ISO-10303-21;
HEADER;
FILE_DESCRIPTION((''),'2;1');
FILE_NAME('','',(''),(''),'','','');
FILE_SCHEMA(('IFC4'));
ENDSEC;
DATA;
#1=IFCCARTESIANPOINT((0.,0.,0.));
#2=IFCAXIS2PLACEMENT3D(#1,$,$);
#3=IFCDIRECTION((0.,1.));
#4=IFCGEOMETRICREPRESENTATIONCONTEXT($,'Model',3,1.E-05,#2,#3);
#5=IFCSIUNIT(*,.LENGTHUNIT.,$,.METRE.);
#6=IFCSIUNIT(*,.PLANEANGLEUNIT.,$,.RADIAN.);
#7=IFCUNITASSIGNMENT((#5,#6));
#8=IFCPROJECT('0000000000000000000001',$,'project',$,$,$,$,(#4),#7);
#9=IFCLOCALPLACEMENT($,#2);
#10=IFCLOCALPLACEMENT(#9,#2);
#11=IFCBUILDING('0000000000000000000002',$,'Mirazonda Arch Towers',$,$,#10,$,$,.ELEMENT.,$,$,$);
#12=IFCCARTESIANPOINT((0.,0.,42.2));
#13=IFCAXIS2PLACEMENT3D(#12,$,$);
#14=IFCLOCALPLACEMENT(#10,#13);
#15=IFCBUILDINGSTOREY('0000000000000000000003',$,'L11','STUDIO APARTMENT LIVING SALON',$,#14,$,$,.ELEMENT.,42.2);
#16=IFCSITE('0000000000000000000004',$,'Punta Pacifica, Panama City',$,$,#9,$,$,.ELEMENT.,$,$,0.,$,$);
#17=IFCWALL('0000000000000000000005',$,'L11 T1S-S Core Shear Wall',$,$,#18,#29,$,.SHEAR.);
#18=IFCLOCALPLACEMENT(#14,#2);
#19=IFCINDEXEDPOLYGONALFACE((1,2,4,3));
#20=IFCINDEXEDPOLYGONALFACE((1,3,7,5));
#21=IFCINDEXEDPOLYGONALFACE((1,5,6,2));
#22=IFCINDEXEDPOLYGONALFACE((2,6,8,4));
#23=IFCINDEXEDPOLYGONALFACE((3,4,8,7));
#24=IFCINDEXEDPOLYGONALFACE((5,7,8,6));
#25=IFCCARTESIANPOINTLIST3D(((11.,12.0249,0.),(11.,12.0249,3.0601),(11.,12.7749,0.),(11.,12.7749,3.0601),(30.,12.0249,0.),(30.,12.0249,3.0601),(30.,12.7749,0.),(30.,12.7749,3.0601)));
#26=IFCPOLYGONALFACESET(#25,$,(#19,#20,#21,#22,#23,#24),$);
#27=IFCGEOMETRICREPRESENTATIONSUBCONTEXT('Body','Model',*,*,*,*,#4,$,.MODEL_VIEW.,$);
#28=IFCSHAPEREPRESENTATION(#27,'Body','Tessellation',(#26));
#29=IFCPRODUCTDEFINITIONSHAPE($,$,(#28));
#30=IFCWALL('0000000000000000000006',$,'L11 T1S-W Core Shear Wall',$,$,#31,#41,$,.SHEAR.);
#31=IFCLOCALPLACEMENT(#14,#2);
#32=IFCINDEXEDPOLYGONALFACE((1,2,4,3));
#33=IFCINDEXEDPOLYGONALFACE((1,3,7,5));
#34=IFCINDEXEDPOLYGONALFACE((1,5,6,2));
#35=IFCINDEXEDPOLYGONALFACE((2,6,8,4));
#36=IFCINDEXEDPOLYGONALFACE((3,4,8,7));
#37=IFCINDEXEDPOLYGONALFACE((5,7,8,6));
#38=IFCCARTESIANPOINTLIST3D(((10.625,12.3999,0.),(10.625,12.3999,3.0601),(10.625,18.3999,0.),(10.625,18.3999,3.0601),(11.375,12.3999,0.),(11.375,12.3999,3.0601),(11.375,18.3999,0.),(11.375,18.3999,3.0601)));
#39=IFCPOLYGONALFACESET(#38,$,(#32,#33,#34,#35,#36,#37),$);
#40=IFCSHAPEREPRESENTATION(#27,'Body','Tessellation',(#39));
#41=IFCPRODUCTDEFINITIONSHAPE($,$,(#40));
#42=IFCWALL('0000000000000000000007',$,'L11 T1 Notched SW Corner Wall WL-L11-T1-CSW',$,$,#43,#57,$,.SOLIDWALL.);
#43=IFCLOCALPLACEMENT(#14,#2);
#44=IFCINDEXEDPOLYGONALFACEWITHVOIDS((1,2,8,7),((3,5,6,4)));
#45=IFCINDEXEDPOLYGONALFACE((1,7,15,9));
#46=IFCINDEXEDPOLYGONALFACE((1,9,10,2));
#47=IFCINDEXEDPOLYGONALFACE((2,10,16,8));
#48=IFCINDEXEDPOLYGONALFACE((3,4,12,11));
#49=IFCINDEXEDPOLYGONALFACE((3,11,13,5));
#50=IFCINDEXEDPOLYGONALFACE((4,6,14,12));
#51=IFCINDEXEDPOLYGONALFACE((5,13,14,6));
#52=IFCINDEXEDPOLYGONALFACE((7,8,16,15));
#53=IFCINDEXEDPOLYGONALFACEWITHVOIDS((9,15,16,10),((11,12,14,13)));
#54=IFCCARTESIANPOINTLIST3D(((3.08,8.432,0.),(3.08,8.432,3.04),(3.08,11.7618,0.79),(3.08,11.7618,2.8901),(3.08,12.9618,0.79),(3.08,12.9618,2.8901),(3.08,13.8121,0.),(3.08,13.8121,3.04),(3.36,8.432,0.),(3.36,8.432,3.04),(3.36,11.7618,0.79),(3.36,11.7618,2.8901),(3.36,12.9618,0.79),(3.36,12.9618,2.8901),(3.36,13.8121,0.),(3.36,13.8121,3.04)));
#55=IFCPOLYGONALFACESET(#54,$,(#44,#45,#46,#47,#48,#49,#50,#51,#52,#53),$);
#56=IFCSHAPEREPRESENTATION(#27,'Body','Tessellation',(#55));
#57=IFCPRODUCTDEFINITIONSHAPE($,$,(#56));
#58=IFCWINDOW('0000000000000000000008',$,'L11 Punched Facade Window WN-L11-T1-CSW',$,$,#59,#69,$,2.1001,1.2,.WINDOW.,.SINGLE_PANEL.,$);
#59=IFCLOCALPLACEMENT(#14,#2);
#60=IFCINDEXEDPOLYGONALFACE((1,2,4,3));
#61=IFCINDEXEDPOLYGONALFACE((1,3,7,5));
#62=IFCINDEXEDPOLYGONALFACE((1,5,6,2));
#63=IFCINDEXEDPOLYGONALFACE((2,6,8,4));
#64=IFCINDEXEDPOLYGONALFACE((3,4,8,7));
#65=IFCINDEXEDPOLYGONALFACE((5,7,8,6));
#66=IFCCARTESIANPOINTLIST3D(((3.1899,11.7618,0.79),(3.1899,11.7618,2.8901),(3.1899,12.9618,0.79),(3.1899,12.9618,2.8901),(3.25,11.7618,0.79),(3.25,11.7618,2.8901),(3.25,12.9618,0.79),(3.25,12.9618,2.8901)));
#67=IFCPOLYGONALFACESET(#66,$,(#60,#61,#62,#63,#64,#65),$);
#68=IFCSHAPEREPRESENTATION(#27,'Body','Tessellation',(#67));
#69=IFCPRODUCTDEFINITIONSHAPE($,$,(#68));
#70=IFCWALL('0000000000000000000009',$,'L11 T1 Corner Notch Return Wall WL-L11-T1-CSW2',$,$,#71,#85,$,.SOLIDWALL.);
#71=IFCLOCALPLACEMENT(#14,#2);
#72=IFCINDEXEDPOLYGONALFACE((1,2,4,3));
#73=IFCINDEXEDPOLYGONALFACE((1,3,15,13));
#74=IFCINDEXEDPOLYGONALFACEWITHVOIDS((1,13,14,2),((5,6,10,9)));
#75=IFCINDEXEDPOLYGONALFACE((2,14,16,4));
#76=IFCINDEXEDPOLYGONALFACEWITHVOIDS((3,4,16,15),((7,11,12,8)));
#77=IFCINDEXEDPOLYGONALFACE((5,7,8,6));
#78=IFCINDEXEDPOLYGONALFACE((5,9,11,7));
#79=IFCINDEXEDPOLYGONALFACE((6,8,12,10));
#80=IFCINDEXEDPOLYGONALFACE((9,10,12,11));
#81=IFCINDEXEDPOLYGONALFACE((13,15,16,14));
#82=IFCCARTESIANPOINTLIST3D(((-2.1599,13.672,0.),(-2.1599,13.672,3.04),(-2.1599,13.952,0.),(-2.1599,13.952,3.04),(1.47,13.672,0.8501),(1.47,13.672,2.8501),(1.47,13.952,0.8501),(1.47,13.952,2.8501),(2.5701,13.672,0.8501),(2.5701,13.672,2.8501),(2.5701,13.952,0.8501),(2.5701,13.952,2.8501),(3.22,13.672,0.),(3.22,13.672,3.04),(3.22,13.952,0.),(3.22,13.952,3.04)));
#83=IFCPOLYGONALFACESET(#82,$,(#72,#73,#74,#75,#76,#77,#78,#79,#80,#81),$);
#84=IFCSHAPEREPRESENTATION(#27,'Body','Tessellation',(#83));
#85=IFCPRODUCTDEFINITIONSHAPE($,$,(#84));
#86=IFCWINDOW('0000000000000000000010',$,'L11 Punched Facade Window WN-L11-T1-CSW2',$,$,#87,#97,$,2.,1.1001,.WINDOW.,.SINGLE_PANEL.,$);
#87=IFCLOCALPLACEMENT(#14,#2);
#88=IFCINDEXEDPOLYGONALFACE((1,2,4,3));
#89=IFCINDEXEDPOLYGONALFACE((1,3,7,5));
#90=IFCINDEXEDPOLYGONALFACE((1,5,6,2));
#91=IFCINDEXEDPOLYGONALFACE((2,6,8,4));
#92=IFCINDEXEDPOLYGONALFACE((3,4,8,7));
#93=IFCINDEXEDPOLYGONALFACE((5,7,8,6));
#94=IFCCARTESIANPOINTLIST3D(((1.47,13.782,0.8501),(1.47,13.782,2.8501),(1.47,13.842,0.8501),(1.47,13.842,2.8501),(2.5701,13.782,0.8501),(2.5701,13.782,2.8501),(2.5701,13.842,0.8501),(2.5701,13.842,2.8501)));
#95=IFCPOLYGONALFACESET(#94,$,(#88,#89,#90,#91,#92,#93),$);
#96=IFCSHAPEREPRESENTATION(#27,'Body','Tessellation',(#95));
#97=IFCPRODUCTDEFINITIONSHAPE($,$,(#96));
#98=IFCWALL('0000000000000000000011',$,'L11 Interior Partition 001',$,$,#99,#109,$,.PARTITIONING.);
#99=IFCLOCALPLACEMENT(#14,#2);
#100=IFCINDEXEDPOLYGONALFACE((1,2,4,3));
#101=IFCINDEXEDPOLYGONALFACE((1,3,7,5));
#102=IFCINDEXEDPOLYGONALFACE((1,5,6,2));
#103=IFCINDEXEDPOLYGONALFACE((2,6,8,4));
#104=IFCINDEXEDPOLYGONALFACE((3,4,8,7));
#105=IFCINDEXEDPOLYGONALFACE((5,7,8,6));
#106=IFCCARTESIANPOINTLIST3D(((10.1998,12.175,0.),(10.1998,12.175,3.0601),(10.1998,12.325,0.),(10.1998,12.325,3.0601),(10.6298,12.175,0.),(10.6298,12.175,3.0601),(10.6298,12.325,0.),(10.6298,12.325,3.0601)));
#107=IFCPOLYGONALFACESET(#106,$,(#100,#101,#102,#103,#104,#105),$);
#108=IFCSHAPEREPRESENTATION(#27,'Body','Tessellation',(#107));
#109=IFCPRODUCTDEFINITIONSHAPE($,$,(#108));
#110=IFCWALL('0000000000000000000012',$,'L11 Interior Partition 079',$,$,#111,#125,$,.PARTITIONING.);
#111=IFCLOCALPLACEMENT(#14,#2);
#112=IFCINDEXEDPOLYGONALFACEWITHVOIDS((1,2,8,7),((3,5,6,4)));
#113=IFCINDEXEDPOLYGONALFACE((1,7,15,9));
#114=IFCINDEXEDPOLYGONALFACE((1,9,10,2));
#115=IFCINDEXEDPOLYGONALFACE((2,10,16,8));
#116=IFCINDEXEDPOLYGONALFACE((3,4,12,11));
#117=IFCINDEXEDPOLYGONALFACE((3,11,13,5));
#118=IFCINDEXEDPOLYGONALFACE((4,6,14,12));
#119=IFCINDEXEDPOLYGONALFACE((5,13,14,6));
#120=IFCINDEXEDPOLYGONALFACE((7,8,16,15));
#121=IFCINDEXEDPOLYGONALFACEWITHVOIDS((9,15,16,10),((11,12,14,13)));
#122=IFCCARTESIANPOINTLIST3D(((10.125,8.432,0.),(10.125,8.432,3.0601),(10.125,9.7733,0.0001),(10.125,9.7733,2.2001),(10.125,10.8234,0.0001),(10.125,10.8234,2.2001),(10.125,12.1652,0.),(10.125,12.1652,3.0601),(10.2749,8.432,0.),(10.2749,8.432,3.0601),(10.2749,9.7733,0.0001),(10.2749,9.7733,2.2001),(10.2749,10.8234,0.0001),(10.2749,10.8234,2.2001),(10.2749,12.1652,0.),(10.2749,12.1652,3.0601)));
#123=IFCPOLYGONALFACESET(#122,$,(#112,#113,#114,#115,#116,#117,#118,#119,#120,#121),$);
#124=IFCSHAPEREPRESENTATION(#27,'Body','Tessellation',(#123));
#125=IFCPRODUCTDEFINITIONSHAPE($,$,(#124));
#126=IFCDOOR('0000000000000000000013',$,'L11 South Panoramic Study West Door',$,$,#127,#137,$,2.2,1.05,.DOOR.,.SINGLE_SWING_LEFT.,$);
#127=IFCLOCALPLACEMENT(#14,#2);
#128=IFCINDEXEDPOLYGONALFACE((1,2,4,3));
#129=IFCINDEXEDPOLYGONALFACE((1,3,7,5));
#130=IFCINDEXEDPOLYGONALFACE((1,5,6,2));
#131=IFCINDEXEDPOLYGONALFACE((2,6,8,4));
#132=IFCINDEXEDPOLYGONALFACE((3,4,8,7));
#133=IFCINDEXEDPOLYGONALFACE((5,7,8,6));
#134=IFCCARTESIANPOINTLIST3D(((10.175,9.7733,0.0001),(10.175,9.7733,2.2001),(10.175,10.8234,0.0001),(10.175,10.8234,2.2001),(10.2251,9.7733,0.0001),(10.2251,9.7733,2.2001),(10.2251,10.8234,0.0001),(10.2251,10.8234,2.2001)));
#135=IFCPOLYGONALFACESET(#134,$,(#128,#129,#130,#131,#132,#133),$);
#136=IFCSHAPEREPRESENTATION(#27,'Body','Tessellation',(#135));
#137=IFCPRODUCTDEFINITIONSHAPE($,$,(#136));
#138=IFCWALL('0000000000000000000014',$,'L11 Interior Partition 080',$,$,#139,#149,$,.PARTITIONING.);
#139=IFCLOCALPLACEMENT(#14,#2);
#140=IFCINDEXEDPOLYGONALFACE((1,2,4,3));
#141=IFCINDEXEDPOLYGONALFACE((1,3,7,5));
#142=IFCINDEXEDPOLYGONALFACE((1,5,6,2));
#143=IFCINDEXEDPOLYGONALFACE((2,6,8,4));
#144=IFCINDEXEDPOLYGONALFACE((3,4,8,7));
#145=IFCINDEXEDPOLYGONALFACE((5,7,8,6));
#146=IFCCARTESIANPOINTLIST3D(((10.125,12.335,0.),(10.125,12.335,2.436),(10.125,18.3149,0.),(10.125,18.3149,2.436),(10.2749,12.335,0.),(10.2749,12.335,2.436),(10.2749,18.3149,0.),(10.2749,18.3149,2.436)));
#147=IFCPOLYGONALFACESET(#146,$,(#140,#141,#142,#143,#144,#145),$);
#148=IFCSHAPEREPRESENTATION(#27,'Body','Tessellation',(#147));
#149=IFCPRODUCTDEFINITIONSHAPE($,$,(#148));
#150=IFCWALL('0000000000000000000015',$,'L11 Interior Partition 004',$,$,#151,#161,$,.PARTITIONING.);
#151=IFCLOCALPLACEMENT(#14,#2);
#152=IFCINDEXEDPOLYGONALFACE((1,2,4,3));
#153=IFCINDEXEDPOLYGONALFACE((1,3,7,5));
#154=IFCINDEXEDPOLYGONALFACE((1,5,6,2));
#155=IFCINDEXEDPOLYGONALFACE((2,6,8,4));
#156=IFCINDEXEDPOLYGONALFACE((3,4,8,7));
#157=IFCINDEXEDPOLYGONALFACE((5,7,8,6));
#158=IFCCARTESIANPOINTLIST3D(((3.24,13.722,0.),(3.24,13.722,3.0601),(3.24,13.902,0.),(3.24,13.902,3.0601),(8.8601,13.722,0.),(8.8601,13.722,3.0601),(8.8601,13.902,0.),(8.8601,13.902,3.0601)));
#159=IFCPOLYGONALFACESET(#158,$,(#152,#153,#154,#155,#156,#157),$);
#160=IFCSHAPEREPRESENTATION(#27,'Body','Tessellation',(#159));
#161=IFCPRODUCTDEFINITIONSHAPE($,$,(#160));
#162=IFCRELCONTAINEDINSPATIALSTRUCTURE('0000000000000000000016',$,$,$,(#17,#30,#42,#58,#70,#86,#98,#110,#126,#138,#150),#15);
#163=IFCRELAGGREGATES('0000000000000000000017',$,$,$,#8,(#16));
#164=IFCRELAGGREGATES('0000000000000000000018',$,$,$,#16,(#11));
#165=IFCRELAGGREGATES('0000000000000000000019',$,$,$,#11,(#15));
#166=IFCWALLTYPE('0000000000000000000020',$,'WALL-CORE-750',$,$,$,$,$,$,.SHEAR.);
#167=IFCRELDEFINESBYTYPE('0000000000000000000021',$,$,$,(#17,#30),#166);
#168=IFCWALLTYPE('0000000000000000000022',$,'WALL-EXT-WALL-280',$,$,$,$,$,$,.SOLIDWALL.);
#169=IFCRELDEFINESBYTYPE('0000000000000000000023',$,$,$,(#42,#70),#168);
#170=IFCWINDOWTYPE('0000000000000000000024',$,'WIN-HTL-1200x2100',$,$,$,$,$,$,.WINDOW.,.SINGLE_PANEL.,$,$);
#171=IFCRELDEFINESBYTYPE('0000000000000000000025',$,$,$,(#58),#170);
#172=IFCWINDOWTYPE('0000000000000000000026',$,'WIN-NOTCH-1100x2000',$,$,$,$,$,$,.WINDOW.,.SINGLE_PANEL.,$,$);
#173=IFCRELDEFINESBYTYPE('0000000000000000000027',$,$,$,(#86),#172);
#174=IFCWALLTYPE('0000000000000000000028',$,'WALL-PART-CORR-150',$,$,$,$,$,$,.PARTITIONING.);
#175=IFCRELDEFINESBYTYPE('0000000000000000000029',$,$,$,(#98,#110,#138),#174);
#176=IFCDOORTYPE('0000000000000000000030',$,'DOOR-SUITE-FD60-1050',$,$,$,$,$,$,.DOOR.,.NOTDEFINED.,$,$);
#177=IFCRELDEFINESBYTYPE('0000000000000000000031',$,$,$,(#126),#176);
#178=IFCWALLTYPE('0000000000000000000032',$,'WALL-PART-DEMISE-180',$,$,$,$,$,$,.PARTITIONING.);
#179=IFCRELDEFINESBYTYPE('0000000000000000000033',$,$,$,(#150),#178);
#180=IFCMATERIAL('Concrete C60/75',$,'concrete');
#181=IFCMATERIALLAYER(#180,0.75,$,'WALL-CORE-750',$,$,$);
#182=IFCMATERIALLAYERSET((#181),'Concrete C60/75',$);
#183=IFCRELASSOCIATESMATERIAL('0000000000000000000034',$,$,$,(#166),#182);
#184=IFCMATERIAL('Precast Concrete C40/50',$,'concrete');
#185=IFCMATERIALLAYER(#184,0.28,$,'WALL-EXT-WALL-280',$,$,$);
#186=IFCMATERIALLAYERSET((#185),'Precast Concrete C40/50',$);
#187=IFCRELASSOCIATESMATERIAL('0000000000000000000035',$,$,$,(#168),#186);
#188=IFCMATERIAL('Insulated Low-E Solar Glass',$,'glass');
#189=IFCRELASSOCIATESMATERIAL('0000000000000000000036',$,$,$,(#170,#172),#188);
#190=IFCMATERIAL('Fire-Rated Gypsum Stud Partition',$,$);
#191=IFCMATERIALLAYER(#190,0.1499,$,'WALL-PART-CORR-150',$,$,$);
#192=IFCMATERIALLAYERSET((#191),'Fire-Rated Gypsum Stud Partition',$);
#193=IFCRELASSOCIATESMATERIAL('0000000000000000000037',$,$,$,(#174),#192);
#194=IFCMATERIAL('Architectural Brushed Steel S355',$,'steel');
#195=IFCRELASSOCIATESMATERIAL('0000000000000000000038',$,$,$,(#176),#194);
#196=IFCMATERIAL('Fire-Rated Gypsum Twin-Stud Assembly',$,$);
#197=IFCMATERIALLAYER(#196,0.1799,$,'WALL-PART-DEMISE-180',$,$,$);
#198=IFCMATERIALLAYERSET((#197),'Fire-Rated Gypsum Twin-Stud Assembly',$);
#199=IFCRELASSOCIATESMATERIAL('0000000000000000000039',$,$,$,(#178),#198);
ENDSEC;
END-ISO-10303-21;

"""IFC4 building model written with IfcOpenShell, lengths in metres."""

from ifc_helpers import new_model, si_unit, direction, frame, frame_2d, origin, place, context, subcontext, project, spatial, rectangle, extrude, material, layer, layer_set, type_object, element, fill, save


model = new_model("IFC4")

# Units and contexts
model_context = context("Model", 3, precision=1e-05, world=origin(), true_north=direction((0.0, 1.0)))
body_context = subcontext(model_context, "Body", "Model", "MODEL_VIEW")
ifc_project = project(units=[si_unit("LENGTHUNIT", "METRE"), si_unit("PLANEANGLEUNIT", "RADIAN")], contexts=[model_context])

# Site, building, storey
site_placement = place(None, origin())
site = spatial("IfcSite", under=ifc_project, at=site_placement, Name="Punta Pacifica, Panama City", CompositionType="ELEMENT", RefElevation=0.0)
building_placement = place(site_placement, origin())
building = spatial("IfcBuilding", under=site, at=building_placement, Name="Mirazonda Arch Towers", CompositionType="ELEMENT")
storey_placement = place(building_placement, frame((0.0, 0.0, 42.2)))
storey = spatial("IfcBuildingStorey", under=building, at=storey_placement, Name="L11", Description="STUDIO APARTMENT LIVING SALON", CompositionType="ELEMENT", Elevation=42.2)

# Shared definitions
ifc_material_1 = material(Name="Concrete C60/75", Category="concrete")

# Shared definitions
ifc_material_2 = material(Name="Insulated Low-E Solar Glass", Category="glass")

# Walls
ifc_layer_1 = layer(ifc_material_1, 0.75, Name="WALL-CORE-750")
ifc_layer_set_1 = layer_set([ifc_layer_1], Name="Concrete C60/75")
wall_type_1 = type_object("IfcWallType", Name="WALL-CORE-750", PredefinedType="SHEAR", material=ifc_layer_set_1)
wall_1_placement = place(storey_placement, frame((11.0, 12.3999, 0.0), z_axis=(0.0, 0.0, 1.0), x_axis=(1.0, 0.0, 0.0)))
element("IfcWall", 1, at=wall_1_placement, inside=storey, type_object=wall_type_1, Name="L11 T1S-S Core Shear Wall", PredefinedType="SHEAR", context=body_context, shape_type="SweptSolid", body=[
    extrude(rectangle(XDim=19.0, YDim=0.75, at=frame_2d((9.5, 0.0))), origin(), (0.0, 0.0, 1.0), 3.0601),
])
wall_2_placement = place(storey_placement, frame((11.0, 12.3999, 0.0), z_axis=(0.0, 0.0, 1.0), x_axis=(0.0, 1.0, 0.0)))
element("IfcWall", 2, at=wall_2_placement, inside=storey, type_object=wall_type_1, Name="L11 T1S-W Core Shear Wall", PredefinedType="SHEAR", context=body_context, shape_type="SweptSolid", body=[
    extrude(rectangle(XDim=6.0, YDim=0.75, at=frame_2d((3.0, 0.0))), origin(), (0.0, 0.0, 1.0), 3.0601),
])

# Walls, openings, windows
ifc_material_3 = material(Name="Precast Concrete C40/50", Category="concrete")
ifc_layer_2 = layer(ifc_material_3, 0.28, Name="WALL-EXT-WALL-280")
ifc_layer_set_2 = layer_set([ifc_layer_2], Name="Precast Concrete C40/50")
wall_type_2 = type_object("IfcWallType", Name="WALL-EXT-WALL-280", PredefinedType="SOLIDWALL", material=ifc_layer_set_2)
wall_3_placement = place(storey_placement, frame((3.22, 13.812, 0.0), z_axis=(0.0, 0.0, 1.0), x_axis=(0.0, -1.0, 0.0)))
wall_3 = element("IfcWall", 3, at=wall_3_placement, inside=storey, type_object=wall_type_2, Name="L11 T1 Notched SW Corner Wall WL-L11-T1-CSW", PredefinedType="SOLIDWALL", context=body_context, shape_type="SweptSolid", body=[
    extrude(rectangle(XDim=5.3801, YDim=0.28, at=frame_2d((2.6899, 0.0))), origin(), (0.0, 0.0, 1.0), 3.04),
])
opening_1_placement = place(wall_3_placement, frame((0.8501, 0.0, 0.79)))
opening_1 = element("IfcOpeningElement", 4, at=opening_1_placement, cuts=wall_3, PredefinedType="OPENING", context=body_context, shape_type="SweptSolid", body=[
    extrude(rectangle(XDim=1.2, YDim=2.1001, at=frame_2d((0.6001, 1.05))), frame((0.0, 0.1499, 0.0), z_axis=(0.0, -1.0, 0.0), x_axis=(1.0, 0.0, 0.0)), (0.0, 0.0, 1.0), 0.3),
])
window_type_1 = type_object("IfcWindowType", Name="WIN-HTL-1200x2100", PartitioningType="SINGLE_PANEL", PredefinedType="WINDOW", material=ifc_material_2)
window_1_placement = place(opening_1_placement, origin())
window_1 = element("IfcWindow", 5, at=window_1_placement, inside=storey, type_object=window_type_1, Name="L11 Punched Facade Window WN-L11-T1-CSW", OverallHeight=2.1001, OverallWidth=1.2, PartitioningType="SINGLE_PANEL", PredefinedType="WINDOW", context=body_context, shape_type="SweptSolid", body=[
    extrude(rectangle(XDim=1.2, YDim=2.1001, at=frame_2d((0.6001, 1.05))), frame((0.0, 0.03, 0.0), z_axis=(0.0, -1.0, 0.0), x_axis=(1.0, 0.0, 0.0)), (0.0, 0.0, 1.0), 0.0601),
])
fill(opening_1, window_1)
wall_4_placement = place(storey_placement, frame((-2.1599, 13.812, 0.0), z_axis=(0.0, 0.0, 1.0), x_axis=(1.0, 0.0, 0.0)))
wall_4 = element("IfcWall", 6, at=wall_4_placement, inside=storey, type_object=wall_type_2, Name="L11 T1 Corner Notch Return Wall WL-L11-T1-CSW2", PredefinedType="SOLIDWALL", context=body_context, shape_type="SweptSolid", body=[
    extrude(rectangle(XDim=5.3799, YDim=0.28, at=frame_2d((2.6899, 0.0))), origin(), (0.0, 0.0, 1.0), 3.04),
])
opening_2_placement = place(wall_4_placement, frame((3.6299, 0.0, 0.8501)))
opening_2 = element("IfcOpeningElement", 7, at=opening_2_placement, cuts=wall_4, PredefinedType="OPENING", context=body_context, shape_type="SweptSolid", body=[
    extrude(rectangle(XDim=1.1001, YDim=2.0, at=frame_2d((0.55, 1.0))), frame((0.0, 0.1499, 0.0), z_axis=(0.0, -1.0, 0.0), x_axis=(1.0, 0.0, 0.0)), (0.0, 0.0, 1.0), 0.3),
])
window_type_2 = type_object("IfcWindowType", Name="WIN-NOTCH-1100x2000", PartitioningType="SINGLE_PANEL", PredefinedType="WINDOW", material=ifc_material_2)
window_2_placement = place(opening_2_placement, origin())
window_2 = element("IfcWindow", 8, at=window_2_placement, inside=storey, type_object=window_type_2, Name="L11 Punched Facade Window WN-L11-T1-CSW2", OverallHeight=2.0, OverallWidth=1.1001, PartitioningType="SINGLE_PANEL", PredefinedType="WINDOW", context=body_context, shape_type="SweptSolid", body=[
    extrude(rectangle(XDim=1.1001, YDim=2.0, at=frame_2d((0.55, 1.0))), frame((0.0, 0.03, 0.0), z_axis=(0.0, -1.0, 0.0), x_axis=(1.0, 0.0, 0.0)), (0.0, 0.0, 1.0), 0.0601),
])
fill(opening_2, window_2)

# Wall
ifc_material_4 = material(Name="Fire-Rated Gypsum Stud Partition")
ifc_layer_3 = layer(ifc_material_4, 0.1499, Name="WALL-PART-CORR-150")
ifc_layer_set_3 = layer_set([ifc_layer_3], Name="Fire-Rated Gypsum Stud Partition")
wall_type_3 = type_object("IfcWallType", Name="WALL-PART-CORR-150", PredefinedType="PARTITIONING", material=ifc_layer_set_3)
wall_5_placement = place(storey_placement, frame((10.2, 12.25, 0.0), z_axis=(0.0, 0.0, 1.0), x_axis=(1.0, 0.0, 0.0)))
element("IfcWall", 9, at=wall_5_placement, inside=storey, type_object=wall_type_3, Name="L11 Interior Partition 001", PredefinedType="PARTITIONING", context=body_context, shape_type="SweptSolid", body=[
    extrude(rectangle(XDim=0.4299, YDim=0.1499, at=frame_2d((0.2148, 0.0))), origin(), (0.0, 0.0, 1.0), 3.0601),
])

# Wall, opening, door
wall_6_placement = place(storey_placement, frame((10.2, 8.4319, 0.0), z_axis=(0.0, 0.0, 1.0), x_axis=(0.0, 1.0, 0.0)))
wall_6 = element("IfcWall", 10, at=wall_6_placement, inside=storey, type_object=wall_type_3, Name="L11 Interior Partition 079", PredefinedType="PARTITIONING", context=body_context, shape_type="SweptSolid", body=[
    extrude(rectangle(XDim=3.7332, YDim=0.1499, at=frame_2d((1.8667, 0.0))), origin(), (0.0, 0.0, 1.0), 3.0601),
])
opening_3_placement = place(wall_6_placement, frame((1.3416, 0.0, 0.0)))
opening_3 = element("IfcOpeningElement", 11, at=opening_3_placement, cuts=wall_6, PredefinedType="OPENING", context=body_context, shape_type="SweptSolid", body=[
    extrude(rectangle(XDim=1.05, YDim=2.2, at=frame_2d((0.5249, 1.1001))), frame((0.0, 0.085, 0.0), z_axis=(0.0, -1.0, 0.0), x_axis=(1.0, 0.0, 0.0)), (0.0, 0.0, 1.0), 0.1699),
])
ifc_material_5 = material(Name="Architectural Brushed Steel S355", Category="steel")
door_type_1 = type_object("IfcDoorType", Name="DOOR-SUITE-FD60-1050", OperationType="NOTDEFINED", PredefinedType="DOOR", material=ifc_material_5)
door_1_placement = place(opening_3_placement, origin())
door_1 = element("IfcDoor", 12, at=door_1_placement, inside=storey, type_object=door_type_1, Name="L11 South Panoramic Study West Door", OperationType="SINGLE_SWING_LEFT", OverallHeight=2.2, OverallWidth=1.05, PredefinedType="DOOR", context=body_context, shape_type="SweptSolid", body=[
    extrude(rectangle(XDim=1.05, YDim=2.2, at=frame_2d((0.5249, 1.1001))), frame((0.0, 0.0249, 0.0), z_axis=(0.0, -1.0, 0.0), x_axis=(1.0, 0.0, 0.0)), (0.0, 0.0, 1.0), 0.05),
])
fill(opening_3, door_1)

# Walls
wall_7_placement = place(storey_placement, frame((10.2, 12.335, 0.0), z_axis=(0.0, 0.0, 1.0), x_axis=(0.0, 1.0, 0.0)))
element("IfcWall", 13, at=wall_7_placement, inside=storey, type_object=wall_type_3, Name="L11 Interior Partition 080", PredefinedType="PARTITIONING", context=body_context, shape_type="SweptSolid", body=[
    extrude(rectangle(XDim=5.98, YDim=0.1499, at=frame_2d((2.99, 0.0))), origin(), (0.0, 0.0, 1.0), 2.436),
])
ifc_material_6 = material(Name="Fire-Rated Gypsum Twin-Stud Assembly")
ifc_layer_4 = layer(ifc_material_6, 0.1799, Name="WALL-PART-DEMISE-180")
ifc_layer_set_4 = layer_set([ifc_layer_4], Name="Fire-Rated Gypsum Twin-Stud Assembly")
wall_type_4 = type_object("IfcWallType", Name="WALL-PART-DEMISE-180", PredefinedType="PARTITIONING", material=ifc_layer_set_4)
wall_8_placement = place(storey_placement, frame((3.24, 13.812, 0.0), z_axis=(0.0, 0.0, 1.0), x_axis=(1.0, 0.0, 0.0)))
element("IfcWall", 14, at=wall_8_placement, inside=storey, type_object=wall_type_4, Name="L11 Interior Partition 004", PredefinedType="PARTITIONING", context=body_context, shape_type="SweptSolid", body=[
    extrude(rectangle(XDim=5.6201, YDim=0.1799, at=frame_2d((2.8101, 0.0))), origin(), (0.0, 0.0, 1.0), 3.0601),
])

save(model, "model.ifc")
